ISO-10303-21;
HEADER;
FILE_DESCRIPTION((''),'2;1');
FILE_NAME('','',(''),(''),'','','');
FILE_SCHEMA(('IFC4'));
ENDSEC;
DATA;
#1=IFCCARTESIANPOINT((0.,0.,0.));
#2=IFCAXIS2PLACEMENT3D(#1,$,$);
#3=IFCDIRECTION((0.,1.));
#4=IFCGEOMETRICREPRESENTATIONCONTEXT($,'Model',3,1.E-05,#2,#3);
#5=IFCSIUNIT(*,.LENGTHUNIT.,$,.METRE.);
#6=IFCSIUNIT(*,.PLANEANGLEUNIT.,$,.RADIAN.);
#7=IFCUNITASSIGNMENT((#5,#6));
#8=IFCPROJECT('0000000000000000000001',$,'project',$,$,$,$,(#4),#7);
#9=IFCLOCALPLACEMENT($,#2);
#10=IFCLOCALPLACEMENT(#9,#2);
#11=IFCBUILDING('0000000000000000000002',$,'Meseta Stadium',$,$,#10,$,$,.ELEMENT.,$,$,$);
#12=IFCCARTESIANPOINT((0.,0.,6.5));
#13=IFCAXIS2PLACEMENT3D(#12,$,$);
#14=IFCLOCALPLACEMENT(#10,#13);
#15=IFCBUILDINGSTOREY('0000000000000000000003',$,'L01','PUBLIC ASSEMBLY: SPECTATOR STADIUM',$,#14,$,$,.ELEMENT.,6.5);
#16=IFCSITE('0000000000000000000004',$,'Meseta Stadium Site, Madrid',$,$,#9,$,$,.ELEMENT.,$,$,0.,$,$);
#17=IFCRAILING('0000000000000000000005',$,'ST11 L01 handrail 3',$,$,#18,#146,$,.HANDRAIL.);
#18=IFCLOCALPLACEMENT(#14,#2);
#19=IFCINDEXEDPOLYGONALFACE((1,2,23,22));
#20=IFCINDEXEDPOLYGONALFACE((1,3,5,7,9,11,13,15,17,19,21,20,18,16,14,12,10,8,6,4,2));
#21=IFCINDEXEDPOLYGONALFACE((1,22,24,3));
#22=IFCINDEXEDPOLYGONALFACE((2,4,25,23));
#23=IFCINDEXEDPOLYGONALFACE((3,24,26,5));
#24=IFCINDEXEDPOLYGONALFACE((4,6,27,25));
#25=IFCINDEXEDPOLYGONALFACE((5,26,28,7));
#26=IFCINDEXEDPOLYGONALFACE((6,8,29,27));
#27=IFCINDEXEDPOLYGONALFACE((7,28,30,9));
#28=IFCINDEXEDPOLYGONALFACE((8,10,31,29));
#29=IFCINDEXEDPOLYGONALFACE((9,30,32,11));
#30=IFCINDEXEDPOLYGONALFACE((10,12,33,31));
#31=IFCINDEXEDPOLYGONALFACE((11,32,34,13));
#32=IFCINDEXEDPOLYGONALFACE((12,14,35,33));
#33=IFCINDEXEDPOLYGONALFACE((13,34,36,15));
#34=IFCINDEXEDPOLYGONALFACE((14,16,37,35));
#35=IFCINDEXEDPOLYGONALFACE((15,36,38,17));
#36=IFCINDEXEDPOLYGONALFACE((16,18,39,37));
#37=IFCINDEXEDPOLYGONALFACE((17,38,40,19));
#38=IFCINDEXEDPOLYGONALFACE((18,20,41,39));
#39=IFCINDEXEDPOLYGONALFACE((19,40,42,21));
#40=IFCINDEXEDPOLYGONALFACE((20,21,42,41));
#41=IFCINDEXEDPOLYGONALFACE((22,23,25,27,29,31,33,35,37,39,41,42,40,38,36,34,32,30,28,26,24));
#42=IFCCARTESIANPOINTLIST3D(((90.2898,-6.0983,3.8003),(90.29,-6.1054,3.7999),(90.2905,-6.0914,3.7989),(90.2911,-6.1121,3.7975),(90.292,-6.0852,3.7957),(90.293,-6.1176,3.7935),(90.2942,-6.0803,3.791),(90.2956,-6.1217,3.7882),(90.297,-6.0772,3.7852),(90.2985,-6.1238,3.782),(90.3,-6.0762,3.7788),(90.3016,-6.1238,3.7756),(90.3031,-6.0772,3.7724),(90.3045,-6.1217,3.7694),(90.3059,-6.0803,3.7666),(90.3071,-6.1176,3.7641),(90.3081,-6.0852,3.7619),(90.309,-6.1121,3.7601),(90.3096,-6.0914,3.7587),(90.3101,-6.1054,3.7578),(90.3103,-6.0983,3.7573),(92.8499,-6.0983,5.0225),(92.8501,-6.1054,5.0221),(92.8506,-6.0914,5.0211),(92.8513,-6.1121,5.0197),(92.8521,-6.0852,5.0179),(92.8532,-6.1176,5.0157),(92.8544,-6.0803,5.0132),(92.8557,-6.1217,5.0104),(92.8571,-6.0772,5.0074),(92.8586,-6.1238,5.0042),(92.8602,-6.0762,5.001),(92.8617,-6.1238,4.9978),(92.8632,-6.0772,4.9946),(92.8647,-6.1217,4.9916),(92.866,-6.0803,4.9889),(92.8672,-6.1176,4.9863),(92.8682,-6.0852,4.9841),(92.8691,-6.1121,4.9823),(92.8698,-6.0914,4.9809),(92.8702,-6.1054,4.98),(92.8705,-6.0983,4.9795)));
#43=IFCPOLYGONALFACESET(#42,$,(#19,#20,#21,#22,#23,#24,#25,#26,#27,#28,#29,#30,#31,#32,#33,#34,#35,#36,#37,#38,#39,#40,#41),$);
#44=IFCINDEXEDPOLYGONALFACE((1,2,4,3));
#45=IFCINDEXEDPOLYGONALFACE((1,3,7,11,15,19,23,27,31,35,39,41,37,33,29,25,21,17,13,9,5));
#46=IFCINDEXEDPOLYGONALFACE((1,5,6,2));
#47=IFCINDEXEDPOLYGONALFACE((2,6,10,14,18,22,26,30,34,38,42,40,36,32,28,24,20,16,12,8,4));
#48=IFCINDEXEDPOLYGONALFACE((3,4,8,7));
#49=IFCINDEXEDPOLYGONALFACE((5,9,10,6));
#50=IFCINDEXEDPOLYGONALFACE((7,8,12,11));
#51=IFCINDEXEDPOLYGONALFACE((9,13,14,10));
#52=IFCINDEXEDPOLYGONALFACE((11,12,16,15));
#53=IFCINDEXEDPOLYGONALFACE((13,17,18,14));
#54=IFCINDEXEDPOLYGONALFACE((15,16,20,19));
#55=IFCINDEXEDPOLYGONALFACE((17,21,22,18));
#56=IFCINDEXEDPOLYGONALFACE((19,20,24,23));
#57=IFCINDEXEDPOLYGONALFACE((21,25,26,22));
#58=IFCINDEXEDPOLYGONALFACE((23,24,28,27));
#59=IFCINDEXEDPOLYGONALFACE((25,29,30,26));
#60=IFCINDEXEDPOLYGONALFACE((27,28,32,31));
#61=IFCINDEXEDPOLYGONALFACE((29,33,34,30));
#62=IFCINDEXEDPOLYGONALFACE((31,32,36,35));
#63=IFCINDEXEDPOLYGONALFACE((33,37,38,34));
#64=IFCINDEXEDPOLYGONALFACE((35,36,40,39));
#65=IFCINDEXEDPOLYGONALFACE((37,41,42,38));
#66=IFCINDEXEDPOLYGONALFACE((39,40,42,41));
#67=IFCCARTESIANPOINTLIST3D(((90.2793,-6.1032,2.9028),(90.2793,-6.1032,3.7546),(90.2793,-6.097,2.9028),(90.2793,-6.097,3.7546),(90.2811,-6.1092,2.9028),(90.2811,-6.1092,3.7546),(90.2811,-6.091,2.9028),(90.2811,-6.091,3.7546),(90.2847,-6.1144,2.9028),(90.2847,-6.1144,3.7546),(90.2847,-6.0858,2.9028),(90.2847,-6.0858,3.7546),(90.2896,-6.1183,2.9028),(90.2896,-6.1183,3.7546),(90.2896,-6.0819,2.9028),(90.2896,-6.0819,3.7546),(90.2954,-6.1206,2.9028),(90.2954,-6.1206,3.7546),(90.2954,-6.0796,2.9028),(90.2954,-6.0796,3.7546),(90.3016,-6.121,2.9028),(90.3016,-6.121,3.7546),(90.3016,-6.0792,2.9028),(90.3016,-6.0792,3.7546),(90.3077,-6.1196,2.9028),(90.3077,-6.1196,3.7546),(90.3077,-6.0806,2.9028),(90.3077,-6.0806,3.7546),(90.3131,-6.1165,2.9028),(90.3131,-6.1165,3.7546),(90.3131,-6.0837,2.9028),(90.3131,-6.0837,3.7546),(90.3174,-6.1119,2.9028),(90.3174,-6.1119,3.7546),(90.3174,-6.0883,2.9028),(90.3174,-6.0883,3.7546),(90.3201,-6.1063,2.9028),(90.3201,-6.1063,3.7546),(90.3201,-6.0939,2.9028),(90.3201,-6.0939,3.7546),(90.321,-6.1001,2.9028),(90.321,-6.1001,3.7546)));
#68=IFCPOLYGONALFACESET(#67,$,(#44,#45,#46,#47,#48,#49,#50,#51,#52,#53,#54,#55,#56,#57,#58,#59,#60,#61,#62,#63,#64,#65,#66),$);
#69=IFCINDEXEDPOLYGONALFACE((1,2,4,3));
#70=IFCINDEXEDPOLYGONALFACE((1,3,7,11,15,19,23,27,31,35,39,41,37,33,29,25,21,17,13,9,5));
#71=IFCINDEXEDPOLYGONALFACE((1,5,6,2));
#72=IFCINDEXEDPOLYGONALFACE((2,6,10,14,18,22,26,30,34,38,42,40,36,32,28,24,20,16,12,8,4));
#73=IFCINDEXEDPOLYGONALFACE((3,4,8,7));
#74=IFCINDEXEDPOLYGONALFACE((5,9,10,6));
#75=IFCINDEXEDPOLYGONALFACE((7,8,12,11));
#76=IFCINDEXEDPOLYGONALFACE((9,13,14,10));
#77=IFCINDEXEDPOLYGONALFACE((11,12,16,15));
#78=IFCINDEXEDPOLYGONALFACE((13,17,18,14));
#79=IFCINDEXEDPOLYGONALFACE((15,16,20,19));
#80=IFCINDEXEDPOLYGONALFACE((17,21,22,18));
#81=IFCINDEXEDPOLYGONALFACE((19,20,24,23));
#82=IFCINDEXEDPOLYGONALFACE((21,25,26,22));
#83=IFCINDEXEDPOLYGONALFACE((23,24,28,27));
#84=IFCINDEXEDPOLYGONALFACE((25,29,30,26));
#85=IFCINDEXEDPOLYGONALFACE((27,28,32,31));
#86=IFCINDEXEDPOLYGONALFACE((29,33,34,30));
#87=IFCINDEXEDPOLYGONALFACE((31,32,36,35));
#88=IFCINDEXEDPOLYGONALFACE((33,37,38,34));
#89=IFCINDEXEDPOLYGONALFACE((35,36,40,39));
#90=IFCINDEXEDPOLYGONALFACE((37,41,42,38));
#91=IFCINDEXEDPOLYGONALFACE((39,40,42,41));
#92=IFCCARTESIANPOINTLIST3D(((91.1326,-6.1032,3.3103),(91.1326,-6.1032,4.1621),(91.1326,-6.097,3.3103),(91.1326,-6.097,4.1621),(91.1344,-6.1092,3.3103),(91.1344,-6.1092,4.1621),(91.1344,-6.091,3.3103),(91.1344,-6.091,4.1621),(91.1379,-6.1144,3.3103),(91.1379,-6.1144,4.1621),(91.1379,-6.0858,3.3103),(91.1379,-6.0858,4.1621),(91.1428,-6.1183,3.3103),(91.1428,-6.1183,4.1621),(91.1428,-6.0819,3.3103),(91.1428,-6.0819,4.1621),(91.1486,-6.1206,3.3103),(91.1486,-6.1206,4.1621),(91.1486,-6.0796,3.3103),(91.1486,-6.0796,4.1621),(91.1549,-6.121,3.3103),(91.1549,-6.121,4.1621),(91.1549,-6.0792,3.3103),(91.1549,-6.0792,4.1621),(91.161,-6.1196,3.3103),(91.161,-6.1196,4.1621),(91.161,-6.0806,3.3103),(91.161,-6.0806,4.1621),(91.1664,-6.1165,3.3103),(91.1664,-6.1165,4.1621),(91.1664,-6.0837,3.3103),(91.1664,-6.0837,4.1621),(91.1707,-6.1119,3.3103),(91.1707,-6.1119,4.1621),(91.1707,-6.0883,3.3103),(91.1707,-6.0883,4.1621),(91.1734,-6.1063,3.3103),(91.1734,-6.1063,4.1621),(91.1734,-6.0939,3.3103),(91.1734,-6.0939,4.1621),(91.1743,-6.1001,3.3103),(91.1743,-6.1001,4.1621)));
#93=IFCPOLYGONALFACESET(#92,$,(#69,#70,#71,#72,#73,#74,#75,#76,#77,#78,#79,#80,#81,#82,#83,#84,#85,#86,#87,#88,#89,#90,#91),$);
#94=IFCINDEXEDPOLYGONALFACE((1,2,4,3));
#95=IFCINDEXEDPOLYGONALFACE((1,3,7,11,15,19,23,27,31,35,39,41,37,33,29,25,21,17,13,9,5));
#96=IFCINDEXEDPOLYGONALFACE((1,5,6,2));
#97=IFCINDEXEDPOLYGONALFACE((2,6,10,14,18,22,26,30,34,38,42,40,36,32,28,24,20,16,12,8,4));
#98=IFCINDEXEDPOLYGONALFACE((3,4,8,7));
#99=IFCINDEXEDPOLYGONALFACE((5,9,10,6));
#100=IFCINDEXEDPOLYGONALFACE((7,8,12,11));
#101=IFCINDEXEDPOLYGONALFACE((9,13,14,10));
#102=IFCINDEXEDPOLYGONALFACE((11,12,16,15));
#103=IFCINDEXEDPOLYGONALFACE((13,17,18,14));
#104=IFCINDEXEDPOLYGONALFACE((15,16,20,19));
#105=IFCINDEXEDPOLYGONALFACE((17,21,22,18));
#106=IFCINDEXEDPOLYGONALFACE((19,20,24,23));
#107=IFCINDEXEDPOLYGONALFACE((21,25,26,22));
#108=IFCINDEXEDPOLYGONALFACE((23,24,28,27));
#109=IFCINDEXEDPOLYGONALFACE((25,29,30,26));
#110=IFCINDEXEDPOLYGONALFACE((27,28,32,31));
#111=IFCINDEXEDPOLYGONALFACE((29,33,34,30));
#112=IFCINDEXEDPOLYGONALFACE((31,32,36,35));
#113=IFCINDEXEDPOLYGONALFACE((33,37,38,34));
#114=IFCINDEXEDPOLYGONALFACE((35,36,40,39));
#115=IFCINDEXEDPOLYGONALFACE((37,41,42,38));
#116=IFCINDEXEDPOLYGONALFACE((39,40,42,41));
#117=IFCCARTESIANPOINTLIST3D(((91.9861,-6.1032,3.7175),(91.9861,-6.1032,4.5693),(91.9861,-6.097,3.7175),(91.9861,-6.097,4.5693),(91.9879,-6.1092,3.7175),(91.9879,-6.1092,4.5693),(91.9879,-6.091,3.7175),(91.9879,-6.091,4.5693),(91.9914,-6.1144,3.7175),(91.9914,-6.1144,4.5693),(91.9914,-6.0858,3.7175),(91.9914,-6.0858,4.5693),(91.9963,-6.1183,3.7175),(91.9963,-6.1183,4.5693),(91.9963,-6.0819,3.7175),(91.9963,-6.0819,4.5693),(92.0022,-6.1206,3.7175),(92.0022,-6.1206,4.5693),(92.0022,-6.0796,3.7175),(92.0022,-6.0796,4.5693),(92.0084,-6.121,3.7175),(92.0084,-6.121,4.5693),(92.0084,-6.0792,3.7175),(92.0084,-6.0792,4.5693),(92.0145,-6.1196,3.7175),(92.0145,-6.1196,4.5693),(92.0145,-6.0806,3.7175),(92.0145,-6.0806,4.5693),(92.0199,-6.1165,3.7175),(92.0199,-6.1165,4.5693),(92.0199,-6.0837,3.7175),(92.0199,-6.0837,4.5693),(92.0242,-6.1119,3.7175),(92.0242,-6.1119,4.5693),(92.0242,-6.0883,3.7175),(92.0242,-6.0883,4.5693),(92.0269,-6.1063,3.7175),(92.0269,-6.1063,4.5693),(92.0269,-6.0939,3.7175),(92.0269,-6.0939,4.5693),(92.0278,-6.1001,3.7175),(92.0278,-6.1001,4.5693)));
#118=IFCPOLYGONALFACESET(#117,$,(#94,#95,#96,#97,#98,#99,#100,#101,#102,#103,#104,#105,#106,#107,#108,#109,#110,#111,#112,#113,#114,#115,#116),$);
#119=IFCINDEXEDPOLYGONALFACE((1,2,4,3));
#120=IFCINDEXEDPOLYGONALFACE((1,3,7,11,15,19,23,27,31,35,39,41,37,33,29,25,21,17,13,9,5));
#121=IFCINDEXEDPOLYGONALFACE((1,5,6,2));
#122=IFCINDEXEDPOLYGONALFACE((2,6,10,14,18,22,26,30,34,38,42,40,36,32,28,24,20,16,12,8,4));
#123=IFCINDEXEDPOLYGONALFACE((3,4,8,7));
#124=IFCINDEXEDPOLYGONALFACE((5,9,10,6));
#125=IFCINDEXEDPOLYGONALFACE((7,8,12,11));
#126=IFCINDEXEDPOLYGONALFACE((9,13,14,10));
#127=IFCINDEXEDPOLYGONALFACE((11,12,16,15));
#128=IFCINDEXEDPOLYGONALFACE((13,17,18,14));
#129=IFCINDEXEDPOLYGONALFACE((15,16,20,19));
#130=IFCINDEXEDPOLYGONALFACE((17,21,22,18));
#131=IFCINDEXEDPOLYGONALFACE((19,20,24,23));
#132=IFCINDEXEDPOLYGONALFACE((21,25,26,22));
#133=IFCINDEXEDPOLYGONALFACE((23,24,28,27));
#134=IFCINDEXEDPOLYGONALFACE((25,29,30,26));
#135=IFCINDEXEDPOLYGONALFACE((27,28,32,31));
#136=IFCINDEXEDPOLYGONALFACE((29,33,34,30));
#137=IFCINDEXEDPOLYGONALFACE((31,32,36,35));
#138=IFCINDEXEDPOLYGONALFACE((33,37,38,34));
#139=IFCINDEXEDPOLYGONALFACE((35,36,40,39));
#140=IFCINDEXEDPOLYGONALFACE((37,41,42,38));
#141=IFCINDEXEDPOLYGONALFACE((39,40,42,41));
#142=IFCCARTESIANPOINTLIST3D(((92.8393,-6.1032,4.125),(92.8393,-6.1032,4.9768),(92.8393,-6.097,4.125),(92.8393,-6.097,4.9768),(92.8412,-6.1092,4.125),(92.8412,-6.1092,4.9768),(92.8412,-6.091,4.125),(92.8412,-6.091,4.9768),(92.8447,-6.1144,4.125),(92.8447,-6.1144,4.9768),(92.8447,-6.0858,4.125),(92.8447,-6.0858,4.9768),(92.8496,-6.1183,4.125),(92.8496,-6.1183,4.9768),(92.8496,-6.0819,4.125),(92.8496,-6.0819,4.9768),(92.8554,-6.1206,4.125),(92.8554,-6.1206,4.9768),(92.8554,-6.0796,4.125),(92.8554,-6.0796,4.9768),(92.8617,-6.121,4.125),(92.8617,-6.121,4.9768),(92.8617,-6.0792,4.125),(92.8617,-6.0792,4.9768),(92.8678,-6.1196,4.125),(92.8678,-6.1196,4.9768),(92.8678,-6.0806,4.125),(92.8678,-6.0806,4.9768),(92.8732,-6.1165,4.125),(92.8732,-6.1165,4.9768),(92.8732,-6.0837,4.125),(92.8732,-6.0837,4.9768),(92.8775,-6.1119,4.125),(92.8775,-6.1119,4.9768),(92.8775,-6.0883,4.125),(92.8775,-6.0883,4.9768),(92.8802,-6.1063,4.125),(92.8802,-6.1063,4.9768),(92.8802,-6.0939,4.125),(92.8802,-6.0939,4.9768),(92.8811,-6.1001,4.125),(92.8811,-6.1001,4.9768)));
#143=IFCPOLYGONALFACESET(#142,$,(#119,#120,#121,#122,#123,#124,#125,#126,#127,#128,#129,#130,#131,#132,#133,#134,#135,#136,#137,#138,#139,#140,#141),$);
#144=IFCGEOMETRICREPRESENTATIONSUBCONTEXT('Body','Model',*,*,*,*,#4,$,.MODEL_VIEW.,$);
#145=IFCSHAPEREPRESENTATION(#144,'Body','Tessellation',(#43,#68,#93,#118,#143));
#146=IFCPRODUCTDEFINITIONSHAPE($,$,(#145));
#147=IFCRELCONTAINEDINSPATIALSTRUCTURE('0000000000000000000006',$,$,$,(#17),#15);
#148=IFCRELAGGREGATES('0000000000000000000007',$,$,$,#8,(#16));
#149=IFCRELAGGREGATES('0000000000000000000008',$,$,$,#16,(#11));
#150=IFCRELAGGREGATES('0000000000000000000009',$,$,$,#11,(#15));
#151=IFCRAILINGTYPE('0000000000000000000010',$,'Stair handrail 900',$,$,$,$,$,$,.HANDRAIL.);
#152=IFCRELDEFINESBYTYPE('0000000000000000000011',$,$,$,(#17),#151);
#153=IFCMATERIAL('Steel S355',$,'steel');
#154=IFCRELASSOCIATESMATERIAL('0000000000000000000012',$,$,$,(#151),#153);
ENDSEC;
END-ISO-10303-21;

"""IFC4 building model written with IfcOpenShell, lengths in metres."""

from ifc_helpers import new_model, si_unit, direction, frame, origin, origin_2d, place, context, subcontext, project, spatial, circle, extrude, material, type_object, element, save


model = new_model("IFC4")

# Units and contexts
model_context = context("Model", 3, precision=1e-05, world=origin(), true_north=direction((0.0, 1.0)))
body_context = subcontext(model_context, "Body", "Model", "MODEL_VIEW")
ifc_project = project(units=[si_unit("LENGTHUNIT", "METRE"), si_unit("PLANEANGLEUNIT", "RADIAN")], contexts=[model_context])

# Site, building, storey
site_placement = place(None, origin())
site = spatial("IfcSite", under=ifc_project, at=site_placement, Name="Meseta Stadium Site, Madrid", CompositionType="ELEMENT", RefElevation=0.0)
building_placement = place(site_placement, origin())
building = spatial("IfcBuilding", under=site, at=building_placement, Name="Meseta Stadium", CompositionType="ELEMENT")
storey_placement = place(building_placement, frame((0.0, 0.0, 6.5)))
storey = spatial("IfcBuildingStorey", under=building, at=storey_placement, Name="L01", Description="PUBLIC ASSEMBLY: SPECTATOR STADIUM", CompositionType="ELEMENT", Elevation=6.5)

# Railing
ifc_material_1 = material(Name="Steel S355", Category="steel")
railing_type_1 = type_object("IfcRailingType", Name="Stair handrail 900", PredefinedType="HANDRAIL", material=ifc_material_1)
for number, where, name in (
    (1, (90.3, -6.1001, 2.9028), "ST11 L01 handrail 3"),
):
    element("IfcRailing", number, at=place(storey_placement, frame(where)), inside=storey, type_object=railing_type_1, Name=name, PredefinedType="HANDRAIL", context=body_context, shape_type="SweptSolid", body=[
        extrude(circle(Radius=0.0239, at=origin_2d()), frame((0.0, 0.0, 0.876), z_axis=(0.902437, 0.0, 0.430822), x_axis=(0.0, 1.0, 0.0)), (0.0, 0.0, 1.0), 2.8369),
        extrude(circle(Radius=0.021, at=origin_2d()), origin(), (0.0, 0.0, 1.0), 0.8518),
        extrude(circle(Radius=0.021, at=origin_2d()), frame((0.8533, 0.0, 0.4075)), (0.0, 0.0, 1.0), 0.8518),
        extrude(circle(Radius=0.021, at=origin_2d()), frame((1.7068, 0.0, 0.8147)), (0.0, 0.0, 1.0), 0.8518),
        extrude(circle(Radius=0.021, at=origin_2d()), frame((2.5601, 0.0, 1.2222)), (0.0, 0.0, 1.0), 0.8518),
    ])

save(model, "model.ifc")
